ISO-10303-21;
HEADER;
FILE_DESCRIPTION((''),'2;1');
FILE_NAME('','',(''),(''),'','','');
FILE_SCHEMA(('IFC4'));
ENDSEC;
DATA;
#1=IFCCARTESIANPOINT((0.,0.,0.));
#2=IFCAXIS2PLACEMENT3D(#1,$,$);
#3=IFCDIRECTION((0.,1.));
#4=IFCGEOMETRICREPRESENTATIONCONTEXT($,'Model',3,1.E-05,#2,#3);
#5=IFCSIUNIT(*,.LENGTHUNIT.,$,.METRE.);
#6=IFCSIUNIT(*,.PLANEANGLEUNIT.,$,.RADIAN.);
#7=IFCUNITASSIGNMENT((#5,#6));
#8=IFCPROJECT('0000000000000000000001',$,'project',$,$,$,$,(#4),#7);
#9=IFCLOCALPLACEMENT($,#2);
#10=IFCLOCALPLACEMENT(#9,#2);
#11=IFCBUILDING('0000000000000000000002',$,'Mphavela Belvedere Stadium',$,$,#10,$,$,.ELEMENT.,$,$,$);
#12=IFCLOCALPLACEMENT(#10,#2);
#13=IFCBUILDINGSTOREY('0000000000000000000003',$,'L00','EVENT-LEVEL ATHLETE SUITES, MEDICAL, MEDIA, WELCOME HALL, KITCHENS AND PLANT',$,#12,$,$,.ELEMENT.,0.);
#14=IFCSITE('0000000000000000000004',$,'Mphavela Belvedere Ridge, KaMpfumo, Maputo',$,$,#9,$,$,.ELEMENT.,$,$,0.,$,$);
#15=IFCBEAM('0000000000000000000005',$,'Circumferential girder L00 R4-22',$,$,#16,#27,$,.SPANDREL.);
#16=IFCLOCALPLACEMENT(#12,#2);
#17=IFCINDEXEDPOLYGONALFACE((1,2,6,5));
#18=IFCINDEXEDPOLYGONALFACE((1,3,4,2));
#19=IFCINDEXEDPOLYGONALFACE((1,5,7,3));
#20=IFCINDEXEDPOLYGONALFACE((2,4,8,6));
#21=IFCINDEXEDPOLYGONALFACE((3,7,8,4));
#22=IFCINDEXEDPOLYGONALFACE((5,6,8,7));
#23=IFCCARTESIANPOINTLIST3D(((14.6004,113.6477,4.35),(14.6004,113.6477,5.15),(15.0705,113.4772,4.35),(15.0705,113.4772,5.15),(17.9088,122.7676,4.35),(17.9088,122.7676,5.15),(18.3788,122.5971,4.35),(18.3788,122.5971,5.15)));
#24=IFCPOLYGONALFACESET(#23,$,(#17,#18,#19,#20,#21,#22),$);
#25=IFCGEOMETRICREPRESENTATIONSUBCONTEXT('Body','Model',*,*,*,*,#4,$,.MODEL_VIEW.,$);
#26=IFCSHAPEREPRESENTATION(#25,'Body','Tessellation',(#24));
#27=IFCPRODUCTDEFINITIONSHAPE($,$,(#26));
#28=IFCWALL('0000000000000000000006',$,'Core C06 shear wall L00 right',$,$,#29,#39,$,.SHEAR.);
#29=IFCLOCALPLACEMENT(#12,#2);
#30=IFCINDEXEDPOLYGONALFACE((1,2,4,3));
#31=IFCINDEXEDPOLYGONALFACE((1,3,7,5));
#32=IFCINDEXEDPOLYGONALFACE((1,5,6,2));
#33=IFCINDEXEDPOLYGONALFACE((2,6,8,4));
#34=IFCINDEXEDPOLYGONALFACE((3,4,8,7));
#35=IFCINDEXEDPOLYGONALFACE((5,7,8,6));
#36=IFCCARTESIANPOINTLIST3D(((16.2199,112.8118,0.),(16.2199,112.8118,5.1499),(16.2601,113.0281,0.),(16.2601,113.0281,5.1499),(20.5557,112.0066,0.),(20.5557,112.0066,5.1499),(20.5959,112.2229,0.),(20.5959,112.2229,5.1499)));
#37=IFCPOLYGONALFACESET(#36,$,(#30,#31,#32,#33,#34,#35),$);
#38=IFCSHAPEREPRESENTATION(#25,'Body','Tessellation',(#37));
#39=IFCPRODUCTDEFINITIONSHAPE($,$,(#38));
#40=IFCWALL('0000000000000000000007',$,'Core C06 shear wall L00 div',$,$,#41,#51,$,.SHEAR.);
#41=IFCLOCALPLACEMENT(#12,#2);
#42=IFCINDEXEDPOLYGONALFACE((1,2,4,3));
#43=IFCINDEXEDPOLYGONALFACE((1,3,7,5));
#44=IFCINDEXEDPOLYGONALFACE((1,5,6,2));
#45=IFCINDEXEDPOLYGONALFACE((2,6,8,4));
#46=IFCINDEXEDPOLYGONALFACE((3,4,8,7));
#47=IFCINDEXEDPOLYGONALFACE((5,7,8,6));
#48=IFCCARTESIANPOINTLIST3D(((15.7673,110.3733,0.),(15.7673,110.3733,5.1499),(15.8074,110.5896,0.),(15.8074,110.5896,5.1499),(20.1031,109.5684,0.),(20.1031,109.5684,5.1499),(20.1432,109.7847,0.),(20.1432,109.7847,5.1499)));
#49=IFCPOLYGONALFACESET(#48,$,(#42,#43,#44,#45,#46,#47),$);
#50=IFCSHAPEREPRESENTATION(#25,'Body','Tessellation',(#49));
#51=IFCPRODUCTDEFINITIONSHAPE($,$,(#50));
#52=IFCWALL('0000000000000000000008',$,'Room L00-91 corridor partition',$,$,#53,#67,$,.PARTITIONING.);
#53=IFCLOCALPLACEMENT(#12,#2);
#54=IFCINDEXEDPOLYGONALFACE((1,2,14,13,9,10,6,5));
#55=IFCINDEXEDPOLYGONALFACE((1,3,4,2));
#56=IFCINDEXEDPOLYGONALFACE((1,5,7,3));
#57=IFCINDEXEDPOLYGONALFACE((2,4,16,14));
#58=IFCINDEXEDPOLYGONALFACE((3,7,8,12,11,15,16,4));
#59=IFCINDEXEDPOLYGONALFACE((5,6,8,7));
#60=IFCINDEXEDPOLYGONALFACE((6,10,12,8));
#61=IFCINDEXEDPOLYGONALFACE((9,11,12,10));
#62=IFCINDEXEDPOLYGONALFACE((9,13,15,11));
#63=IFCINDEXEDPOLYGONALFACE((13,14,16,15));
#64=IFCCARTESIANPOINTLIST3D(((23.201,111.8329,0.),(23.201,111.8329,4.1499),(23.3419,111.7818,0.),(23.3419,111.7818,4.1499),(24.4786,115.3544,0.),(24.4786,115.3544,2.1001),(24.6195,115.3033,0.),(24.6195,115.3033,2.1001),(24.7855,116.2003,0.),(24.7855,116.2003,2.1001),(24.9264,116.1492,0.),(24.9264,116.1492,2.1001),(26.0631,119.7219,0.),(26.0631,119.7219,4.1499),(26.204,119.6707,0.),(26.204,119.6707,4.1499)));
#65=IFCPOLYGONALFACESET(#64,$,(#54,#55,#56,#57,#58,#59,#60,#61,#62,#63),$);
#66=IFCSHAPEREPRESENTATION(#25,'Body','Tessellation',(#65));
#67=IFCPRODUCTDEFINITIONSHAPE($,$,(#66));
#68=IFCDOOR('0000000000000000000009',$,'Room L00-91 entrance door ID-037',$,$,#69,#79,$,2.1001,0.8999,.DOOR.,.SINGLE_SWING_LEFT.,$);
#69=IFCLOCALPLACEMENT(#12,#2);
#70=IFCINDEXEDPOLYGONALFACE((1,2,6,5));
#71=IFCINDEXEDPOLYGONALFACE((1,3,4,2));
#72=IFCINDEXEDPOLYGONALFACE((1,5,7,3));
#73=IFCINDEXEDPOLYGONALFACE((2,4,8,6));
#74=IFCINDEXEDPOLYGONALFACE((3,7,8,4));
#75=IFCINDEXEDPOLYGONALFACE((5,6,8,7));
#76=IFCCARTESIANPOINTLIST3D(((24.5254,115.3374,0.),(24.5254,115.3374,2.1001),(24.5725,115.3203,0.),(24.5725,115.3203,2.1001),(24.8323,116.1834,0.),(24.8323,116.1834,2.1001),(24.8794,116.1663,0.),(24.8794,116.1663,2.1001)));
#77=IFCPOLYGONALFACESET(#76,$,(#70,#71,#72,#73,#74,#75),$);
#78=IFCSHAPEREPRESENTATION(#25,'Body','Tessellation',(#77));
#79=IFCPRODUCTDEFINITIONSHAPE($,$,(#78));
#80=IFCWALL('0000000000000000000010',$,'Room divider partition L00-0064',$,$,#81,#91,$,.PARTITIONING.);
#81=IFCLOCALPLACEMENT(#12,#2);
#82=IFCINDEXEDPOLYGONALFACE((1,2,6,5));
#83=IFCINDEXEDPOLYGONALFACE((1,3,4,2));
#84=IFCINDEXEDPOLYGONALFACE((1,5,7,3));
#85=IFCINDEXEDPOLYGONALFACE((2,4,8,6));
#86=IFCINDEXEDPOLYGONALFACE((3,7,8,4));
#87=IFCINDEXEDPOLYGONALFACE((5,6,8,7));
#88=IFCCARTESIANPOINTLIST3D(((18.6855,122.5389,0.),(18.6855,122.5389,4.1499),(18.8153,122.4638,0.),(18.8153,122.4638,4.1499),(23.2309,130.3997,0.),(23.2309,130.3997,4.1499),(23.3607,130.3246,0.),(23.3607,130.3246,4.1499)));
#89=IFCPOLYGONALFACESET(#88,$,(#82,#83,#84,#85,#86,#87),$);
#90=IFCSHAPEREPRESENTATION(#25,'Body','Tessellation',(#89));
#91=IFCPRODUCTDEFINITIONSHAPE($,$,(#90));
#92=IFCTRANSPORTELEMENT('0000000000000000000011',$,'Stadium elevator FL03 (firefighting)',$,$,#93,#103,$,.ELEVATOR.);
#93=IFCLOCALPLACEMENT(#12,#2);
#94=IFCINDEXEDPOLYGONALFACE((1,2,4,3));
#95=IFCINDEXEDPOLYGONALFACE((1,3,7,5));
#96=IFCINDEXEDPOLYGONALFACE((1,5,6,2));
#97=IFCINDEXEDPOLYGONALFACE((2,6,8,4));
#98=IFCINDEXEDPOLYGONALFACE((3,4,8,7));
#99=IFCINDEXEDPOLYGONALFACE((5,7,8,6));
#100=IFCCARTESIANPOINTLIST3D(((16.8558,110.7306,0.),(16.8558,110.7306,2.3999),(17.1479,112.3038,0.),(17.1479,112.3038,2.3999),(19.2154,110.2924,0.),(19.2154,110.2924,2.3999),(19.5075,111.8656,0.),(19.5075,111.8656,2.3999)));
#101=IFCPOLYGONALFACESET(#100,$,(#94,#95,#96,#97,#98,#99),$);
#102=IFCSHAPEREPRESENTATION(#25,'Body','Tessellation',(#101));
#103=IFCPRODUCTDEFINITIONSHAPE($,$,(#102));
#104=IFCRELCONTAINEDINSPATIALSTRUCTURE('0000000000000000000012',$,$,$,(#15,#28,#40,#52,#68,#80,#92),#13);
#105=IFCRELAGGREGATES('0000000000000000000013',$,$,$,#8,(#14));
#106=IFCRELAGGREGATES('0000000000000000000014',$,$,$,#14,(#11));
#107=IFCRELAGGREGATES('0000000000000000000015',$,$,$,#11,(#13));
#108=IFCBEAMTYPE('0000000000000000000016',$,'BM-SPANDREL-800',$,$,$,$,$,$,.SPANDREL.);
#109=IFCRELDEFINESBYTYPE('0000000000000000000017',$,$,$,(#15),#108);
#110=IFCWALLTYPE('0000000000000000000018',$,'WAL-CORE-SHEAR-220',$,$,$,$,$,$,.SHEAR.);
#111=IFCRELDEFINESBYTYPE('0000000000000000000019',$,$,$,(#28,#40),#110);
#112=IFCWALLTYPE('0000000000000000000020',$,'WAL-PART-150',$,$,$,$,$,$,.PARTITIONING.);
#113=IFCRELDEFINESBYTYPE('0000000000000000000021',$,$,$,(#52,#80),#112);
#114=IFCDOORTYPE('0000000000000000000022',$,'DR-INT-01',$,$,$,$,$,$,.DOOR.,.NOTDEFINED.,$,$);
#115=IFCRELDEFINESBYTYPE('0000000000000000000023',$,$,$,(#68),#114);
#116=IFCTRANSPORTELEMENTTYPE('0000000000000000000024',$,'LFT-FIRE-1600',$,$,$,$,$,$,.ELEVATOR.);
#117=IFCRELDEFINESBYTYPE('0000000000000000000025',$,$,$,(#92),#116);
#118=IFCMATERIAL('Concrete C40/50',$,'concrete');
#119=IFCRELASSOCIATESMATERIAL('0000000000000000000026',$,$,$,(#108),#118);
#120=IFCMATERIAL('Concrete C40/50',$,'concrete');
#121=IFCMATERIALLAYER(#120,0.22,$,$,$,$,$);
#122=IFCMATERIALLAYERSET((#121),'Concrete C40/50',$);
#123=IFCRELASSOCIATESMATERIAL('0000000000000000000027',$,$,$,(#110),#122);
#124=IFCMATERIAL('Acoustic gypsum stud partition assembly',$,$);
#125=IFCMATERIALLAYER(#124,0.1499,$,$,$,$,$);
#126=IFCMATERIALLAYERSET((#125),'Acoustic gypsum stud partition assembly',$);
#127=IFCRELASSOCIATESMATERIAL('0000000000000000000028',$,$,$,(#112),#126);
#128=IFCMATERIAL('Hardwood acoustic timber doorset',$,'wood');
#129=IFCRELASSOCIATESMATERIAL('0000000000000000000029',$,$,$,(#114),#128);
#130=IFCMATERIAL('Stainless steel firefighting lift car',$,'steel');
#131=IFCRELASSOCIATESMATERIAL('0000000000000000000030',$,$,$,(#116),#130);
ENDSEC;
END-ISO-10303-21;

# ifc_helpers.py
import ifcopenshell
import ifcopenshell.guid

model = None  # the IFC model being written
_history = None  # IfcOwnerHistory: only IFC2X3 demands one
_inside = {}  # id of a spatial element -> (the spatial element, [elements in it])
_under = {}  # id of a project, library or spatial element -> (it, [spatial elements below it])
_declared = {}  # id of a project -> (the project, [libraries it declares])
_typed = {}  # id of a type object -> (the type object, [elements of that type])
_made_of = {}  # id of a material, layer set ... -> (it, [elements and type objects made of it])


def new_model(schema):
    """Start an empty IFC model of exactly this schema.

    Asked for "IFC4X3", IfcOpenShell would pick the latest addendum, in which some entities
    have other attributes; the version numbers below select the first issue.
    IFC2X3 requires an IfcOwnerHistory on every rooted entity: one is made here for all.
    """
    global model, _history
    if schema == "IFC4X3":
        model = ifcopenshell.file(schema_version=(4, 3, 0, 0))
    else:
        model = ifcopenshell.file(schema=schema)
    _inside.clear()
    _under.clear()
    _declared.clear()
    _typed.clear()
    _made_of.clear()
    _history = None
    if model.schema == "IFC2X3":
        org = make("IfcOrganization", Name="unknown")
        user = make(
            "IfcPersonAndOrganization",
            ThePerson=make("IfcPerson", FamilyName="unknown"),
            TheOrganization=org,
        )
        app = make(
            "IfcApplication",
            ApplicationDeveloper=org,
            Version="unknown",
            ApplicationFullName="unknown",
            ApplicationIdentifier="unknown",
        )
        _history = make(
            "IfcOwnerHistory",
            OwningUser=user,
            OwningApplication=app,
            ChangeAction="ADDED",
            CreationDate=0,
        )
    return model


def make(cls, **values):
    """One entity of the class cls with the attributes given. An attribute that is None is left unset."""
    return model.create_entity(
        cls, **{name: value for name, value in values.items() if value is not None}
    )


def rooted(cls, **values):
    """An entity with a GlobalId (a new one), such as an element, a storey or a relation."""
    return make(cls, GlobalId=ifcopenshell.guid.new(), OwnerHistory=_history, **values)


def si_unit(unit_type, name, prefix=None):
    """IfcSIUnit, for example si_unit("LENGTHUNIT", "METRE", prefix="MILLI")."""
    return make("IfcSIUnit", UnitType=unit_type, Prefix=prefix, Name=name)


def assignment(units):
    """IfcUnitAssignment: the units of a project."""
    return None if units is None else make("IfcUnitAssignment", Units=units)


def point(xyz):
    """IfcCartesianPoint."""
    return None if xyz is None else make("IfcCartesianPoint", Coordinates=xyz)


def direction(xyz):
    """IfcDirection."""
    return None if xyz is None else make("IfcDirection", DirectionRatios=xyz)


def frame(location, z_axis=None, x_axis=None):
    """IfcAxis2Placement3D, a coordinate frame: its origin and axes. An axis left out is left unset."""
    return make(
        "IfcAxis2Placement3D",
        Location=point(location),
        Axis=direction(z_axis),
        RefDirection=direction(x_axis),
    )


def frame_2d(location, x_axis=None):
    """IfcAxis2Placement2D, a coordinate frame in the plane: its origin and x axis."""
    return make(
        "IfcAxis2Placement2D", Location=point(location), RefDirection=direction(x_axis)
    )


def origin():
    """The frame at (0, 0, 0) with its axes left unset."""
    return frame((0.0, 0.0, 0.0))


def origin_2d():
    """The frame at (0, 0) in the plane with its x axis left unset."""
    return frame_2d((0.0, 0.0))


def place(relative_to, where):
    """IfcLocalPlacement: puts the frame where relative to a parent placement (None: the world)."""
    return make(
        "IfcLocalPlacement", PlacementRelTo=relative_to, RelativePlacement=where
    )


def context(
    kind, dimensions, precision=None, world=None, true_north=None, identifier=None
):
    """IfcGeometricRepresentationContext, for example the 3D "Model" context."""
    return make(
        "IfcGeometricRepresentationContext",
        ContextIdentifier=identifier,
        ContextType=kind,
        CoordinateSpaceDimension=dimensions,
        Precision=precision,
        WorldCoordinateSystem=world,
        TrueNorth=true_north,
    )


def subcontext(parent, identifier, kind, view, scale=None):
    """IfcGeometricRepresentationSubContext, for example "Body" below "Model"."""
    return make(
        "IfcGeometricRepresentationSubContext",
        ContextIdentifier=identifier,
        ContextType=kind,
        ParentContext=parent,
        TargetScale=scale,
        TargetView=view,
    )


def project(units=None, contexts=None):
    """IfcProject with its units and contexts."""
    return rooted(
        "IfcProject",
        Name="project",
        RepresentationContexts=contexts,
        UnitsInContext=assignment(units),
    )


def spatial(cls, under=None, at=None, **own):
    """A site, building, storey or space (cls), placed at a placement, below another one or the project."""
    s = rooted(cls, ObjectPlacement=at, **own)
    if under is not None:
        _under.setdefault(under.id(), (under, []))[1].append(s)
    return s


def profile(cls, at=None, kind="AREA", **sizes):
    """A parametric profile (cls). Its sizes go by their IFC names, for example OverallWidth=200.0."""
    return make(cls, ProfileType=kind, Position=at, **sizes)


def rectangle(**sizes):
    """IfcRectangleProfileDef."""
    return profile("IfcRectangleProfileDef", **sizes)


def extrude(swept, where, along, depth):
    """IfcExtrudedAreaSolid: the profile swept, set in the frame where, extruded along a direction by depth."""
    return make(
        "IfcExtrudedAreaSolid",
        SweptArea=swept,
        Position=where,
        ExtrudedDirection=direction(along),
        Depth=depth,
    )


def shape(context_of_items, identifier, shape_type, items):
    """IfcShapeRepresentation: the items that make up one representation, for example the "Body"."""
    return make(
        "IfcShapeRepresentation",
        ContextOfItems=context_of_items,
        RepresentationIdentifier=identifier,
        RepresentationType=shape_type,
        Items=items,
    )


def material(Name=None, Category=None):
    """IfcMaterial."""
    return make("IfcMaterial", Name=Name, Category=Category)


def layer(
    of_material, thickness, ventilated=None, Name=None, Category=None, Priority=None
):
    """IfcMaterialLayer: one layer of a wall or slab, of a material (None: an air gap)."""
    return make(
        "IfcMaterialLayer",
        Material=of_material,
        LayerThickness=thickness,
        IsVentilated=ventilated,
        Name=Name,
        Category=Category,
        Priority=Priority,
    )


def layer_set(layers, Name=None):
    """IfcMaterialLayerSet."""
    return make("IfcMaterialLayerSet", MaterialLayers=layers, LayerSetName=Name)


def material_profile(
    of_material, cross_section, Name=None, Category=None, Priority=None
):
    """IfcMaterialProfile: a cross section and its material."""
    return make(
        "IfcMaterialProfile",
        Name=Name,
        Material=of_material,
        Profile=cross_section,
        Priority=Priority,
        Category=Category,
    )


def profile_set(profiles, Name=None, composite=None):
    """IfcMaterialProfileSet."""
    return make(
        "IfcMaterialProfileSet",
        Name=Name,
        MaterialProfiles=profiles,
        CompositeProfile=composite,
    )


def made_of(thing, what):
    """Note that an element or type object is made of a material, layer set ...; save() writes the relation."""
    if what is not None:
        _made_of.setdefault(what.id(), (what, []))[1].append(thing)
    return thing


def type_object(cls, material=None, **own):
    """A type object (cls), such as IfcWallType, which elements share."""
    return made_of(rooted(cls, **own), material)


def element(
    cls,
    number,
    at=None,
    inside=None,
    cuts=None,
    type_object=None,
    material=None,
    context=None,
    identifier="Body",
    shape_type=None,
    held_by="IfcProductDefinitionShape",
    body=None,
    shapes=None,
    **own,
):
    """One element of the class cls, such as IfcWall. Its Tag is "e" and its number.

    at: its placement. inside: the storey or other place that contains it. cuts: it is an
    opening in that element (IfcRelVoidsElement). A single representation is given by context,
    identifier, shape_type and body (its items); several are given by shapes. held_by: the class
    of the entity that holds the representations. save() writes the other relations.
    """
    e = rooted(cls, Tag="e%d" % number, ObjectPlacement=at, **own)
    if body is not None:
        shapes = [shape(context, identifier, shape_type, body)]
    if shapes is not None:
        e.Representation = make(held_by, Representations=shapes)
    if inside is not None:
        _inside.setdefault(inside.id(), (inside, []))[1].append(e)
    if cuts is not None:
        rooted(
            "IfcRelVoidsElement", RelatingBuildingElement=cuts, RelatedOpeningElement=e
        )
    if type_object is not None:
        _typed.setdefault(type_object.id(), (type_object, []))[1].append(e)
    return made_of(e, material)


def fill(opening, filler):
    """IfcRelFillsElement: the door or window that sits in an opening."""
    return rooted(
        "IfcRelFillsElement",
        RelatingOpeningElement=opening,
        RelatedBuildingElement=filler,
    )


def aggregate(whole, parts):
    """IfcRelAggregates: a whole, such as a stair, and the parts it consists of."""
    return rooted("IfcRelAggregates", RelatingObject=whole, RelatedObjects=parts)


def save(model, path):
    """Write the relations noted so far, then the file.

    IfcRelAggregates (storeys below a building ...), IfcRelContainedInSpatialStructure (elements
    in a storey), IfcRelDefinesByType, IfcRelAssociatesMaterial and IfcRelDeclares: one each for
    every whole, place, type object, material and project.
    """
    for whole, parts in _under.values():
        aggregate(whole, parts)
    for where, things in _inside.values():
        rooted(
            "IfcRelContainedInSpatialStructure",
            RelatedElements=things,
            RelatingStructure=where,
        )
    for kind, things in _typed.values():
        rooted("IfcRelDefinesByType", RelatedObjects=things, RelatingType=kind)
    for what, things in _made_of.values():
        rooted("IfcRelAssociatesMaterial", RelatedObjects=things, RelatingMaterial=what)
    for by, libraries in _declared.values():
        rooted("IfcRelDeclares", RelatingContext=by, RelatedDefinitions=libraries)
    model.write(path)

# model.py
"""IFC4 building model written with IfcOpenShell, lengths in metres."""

from ifc_helpers import new_model, si_unit, direction, frame, frame_2d, origin, origin_2d, place, context, subcontext, project, spatial, rectangle, extrude, material, layer, layer_set, material_profile, profile_set, type_object, element, fill, save


model = new_model("IFC4")

# Units and contexts
model_context = context("Model", 3, precision=1e-05, world=origin(), true_north=direction((0.0, 1.0)))
body_context = subcontext(model_context, "Body", "Model", "MODEL_VIEW")
ifc_project = project(units=[si_unit("LENGTHUNIT", "METRE"), si_unit("PLANEANGLEUNIT", "RADIAN")], contexts=[model_context])

# Site, building, storey
site_placement = place(None, origin())
site = spatial("IfcSite", under=ifc_project, at=site_placement, Name="Mphavela Belvedere Ridge, KaMpfumo, Maputo", CompositionType="ELEMENT", RefElevation=0.0)
building_placement = place(site_placement, origin())
building = spatial("IfcBuilding", under=site, at=building_placement, Name="Mphavela Belvedere Stadium", CompositionType="ELEMENT")
storey_placement = place(building_placement, origin())
storey = spatial("IfcBuildingStorey", under=building, at=storey_placement, Name="L00", Description="EVENT-LEVEL ATHLETE SUITES, MEDICAL, MEDIA, WELCOME HALL, KITCHENS AND PLANT", CompositionType="ELEMENT", Elevation=0.0)

# Beam
ifc_material_1 = material(Name="Concrete C40/50", Category="concrete")
ifc_material_profile_1 = material_profile(ifc_material_1, rectangle(XDim=0.5, YDim=0.8, at=origin_2d()), Name="RC 500x800")
ifc_profile_set_1 = profile_set([ifc_material_profile_1], Name="Concrete C40/50")
beam_type_1 = type_object("IfcBeamType", Name="BM-SPANDREL-800", PredefinedType="SPANDREL", material=ifc_profile_set_1)
beam_1_placement = place(storey_placement, frame((18.1438, 122.6824, 4.75), z_axis=(-0.341018, -0.940057, 0.0), x_axis=(0.940057, -0.341018, 0.0)))
element("IfcBeam", 1, at=beam_1_placement, inside=storey, type_object=beam_type_1, Name="Circumferential girder L00 R4-22", PredefinedType="SPANDREL", context=body_context, shape_type="SweptSolid", body=[
    extrude(rectangle(XDim=0.5, YDim=0.8, at=origin_2d()), origin(), (0.0, 0.0, 1.0), 9.7014),
])

# Walls
ifc_material_2 = material(Name="Concrete C40/50", Category="concrete")
ifc_layer_1 = layer(ifc_material_2, 0.22)
ifc_layer_set_1 = layer_set([ifc_layer_1], Name="Concrete C40/50")
wall_type_1 = type_object("IfcWallType", Name="WAL-CORE-SHEAR-220", PredefinedType="SHEAR", material=ifc_layer_set_1)
for number, where, z_axis, x_axis, name in (
    (2, (20.5759, 112.1147, 0.0), (0.0, 0.0, 1.0), (-0.98319, 0.182587, 0.0), "Core C06 shear wall L00 right"),
    (3, (20.1233, 109.6765, 0.0), (0.0, 0.0, 1.0), (-0.983202, 0.182523, 0.0), "Core C06 shear wall L00 div"),
):
    element("IfcWall", number, at=place(storey_placement, frame(where, z_axis=z_axis, x_axis=x_axis)), inside=storey, type_object=wall_type_1, Name=name, PredefinedType="SHEAR", context=body_context, shape_type="SweptSolid", body=[
        extrude(rectangle(XDim=4.4099, YDim=0.22, at=frame_2d((2.2051, 0.0))), origin(), (0.0, 0.0, 1.0), 5.1499),
    ])

# Wall, opening, door
ifc_material_3 = material(Name="Acoustic gypsum stud partition assembly")
ifc_layer_2 = layer(ifc_material_3, 0.1499)
ifc_layer_set_2 = layer_set([ifc_layer_2], Name="Acoustic gypsum stud partition assembly")
wall_type_2 = type_object("IfcWallType", Name="WAL-PART-150", PredefinedType="PARTITIONING", material=ifc_layer_set_2)
wall_1_placement = place(storey_placement, frame((26.1335, 119.6963, 0.0), z_axis=(0.0, 0.0, 1.0), x_axis=(-0.341045, -0.940047, 0.0)))
wall_1 = element("IfcWall", 4, at=wall_1_placement, inside=storey, type_object=wall_type_2, Name="Room L00-91 corridor partition", PredefinedType="PARTITIONING", context=body_context, shape_type="SweptSolid", body=[
    extrude(rectangle(XDim=8.3921, YDim=0.1499, at=frame_2d((4.196, 0.0))), origin(), (0.0, 0.0, 1.0), 4.1499),
])
opening_placement = place(wall_1_placement, frame((3.7461, 0.0, 0.0)))
opening = element("IfcOpeningElement", 5, at=opening_placement, cuts=wall_1, PredefinedType="OPENING", context=body_context, shape_type="SweptSolid", body=[
    extrude(rectangle(XDim=0.8999, YDim=2.1001, at=frame_2d((0.45, 1.05))), frame((0.0, 0.085, 0.0), z_axis=(0.0, -1.0, 0.0), x_axis=(1.0, 0.0, 0.0)), (0.0, 0.0, 1.0), 0.1699),
])
ifc_material_4 = material(Name="Hardwood acoustic timber doorset", Category="wood")
door_type = type_object("IfcDoorType", Name="DR-INT-01", OperationType="NOTDEFINED", PredefinedType="DOOR", material=ifc_material_4)
door_placement = place(opening_placement, origin())
door = element("IfcDoor", 6, at=door_placement, inside=storey, type_object=door_type, Name="Room L00-91 entrance door ID-037", OperationType="SINGLE_SWING_LEFT", OverallHeight=2.1001, OverallWidth=0.8999, PredefinedType="DOOR", context=body_context, shape_type="SweptSolid", body=[
    extrude(rectangle(XDim=0.8999, YDim=2.1001, at=frame_2d((0.45, 1.05))), frame((0.0, 0.0249, 0.0), z_axis=(0.0, -1.0, 0.0), x_axis=(1.0, 0.0, 0.0)), (0.0, 0.0, 1.0), 0.05),
])
fill(opening, door)

# Wall
wall_2_placement = place(storey_placement, frame((18.7505, 122.5015, 0.0), z_axis=(0.0, 0.0, 1.0), x_axis=(0.500574, 0.865694, 0.0)))
element("IfcWall", 7, at=wall_2_placement, inside=storey, type_object=wall_type_2, Name="Room divider partition L00-0064", PredefinedType="PARTITIONING", context=body_context, shape_type="SweptSolid", body=[
    extrude(rectangle(XDim=9.0803, YDim=0.1499, at=frame_2d((4.54, 0.0))), origin(), (0.0, 0.0, 1.0), 4.1499),
])

# Transport element
ifc_material_5 = material(Name="Stainless steel firefighting lift car", Category="steel")
transport_element_type = type_object("IfcTransportElementType", Name="LFT-FIRE-1600", PredefinedType="ELEVATOR", material=ifc_material_5)
transport_element_placement = place(storey_placement, frame((18.1816, 111.2981, 0.0), z_axis=(0.0, 0.0, 1.0), x_axis=(0.182579, 0.983191, 0.0)))
element("IfcTransportElement", 8, at=transport_element_placement, inside=storey, type_object=transport_element_type, Name="Stadium elevator FL03 (firefighting)", PredefinedType="ELEVATOR", context=body_context, shape_type="SweptSolid", body=[
    extrude(rectangle(XDim=1.6001, YDim=2.3999, at=origin_2d()), origin(), (0.0, 0.0, 1.0), 2.3999),
])

save(model, "model.ifc")
